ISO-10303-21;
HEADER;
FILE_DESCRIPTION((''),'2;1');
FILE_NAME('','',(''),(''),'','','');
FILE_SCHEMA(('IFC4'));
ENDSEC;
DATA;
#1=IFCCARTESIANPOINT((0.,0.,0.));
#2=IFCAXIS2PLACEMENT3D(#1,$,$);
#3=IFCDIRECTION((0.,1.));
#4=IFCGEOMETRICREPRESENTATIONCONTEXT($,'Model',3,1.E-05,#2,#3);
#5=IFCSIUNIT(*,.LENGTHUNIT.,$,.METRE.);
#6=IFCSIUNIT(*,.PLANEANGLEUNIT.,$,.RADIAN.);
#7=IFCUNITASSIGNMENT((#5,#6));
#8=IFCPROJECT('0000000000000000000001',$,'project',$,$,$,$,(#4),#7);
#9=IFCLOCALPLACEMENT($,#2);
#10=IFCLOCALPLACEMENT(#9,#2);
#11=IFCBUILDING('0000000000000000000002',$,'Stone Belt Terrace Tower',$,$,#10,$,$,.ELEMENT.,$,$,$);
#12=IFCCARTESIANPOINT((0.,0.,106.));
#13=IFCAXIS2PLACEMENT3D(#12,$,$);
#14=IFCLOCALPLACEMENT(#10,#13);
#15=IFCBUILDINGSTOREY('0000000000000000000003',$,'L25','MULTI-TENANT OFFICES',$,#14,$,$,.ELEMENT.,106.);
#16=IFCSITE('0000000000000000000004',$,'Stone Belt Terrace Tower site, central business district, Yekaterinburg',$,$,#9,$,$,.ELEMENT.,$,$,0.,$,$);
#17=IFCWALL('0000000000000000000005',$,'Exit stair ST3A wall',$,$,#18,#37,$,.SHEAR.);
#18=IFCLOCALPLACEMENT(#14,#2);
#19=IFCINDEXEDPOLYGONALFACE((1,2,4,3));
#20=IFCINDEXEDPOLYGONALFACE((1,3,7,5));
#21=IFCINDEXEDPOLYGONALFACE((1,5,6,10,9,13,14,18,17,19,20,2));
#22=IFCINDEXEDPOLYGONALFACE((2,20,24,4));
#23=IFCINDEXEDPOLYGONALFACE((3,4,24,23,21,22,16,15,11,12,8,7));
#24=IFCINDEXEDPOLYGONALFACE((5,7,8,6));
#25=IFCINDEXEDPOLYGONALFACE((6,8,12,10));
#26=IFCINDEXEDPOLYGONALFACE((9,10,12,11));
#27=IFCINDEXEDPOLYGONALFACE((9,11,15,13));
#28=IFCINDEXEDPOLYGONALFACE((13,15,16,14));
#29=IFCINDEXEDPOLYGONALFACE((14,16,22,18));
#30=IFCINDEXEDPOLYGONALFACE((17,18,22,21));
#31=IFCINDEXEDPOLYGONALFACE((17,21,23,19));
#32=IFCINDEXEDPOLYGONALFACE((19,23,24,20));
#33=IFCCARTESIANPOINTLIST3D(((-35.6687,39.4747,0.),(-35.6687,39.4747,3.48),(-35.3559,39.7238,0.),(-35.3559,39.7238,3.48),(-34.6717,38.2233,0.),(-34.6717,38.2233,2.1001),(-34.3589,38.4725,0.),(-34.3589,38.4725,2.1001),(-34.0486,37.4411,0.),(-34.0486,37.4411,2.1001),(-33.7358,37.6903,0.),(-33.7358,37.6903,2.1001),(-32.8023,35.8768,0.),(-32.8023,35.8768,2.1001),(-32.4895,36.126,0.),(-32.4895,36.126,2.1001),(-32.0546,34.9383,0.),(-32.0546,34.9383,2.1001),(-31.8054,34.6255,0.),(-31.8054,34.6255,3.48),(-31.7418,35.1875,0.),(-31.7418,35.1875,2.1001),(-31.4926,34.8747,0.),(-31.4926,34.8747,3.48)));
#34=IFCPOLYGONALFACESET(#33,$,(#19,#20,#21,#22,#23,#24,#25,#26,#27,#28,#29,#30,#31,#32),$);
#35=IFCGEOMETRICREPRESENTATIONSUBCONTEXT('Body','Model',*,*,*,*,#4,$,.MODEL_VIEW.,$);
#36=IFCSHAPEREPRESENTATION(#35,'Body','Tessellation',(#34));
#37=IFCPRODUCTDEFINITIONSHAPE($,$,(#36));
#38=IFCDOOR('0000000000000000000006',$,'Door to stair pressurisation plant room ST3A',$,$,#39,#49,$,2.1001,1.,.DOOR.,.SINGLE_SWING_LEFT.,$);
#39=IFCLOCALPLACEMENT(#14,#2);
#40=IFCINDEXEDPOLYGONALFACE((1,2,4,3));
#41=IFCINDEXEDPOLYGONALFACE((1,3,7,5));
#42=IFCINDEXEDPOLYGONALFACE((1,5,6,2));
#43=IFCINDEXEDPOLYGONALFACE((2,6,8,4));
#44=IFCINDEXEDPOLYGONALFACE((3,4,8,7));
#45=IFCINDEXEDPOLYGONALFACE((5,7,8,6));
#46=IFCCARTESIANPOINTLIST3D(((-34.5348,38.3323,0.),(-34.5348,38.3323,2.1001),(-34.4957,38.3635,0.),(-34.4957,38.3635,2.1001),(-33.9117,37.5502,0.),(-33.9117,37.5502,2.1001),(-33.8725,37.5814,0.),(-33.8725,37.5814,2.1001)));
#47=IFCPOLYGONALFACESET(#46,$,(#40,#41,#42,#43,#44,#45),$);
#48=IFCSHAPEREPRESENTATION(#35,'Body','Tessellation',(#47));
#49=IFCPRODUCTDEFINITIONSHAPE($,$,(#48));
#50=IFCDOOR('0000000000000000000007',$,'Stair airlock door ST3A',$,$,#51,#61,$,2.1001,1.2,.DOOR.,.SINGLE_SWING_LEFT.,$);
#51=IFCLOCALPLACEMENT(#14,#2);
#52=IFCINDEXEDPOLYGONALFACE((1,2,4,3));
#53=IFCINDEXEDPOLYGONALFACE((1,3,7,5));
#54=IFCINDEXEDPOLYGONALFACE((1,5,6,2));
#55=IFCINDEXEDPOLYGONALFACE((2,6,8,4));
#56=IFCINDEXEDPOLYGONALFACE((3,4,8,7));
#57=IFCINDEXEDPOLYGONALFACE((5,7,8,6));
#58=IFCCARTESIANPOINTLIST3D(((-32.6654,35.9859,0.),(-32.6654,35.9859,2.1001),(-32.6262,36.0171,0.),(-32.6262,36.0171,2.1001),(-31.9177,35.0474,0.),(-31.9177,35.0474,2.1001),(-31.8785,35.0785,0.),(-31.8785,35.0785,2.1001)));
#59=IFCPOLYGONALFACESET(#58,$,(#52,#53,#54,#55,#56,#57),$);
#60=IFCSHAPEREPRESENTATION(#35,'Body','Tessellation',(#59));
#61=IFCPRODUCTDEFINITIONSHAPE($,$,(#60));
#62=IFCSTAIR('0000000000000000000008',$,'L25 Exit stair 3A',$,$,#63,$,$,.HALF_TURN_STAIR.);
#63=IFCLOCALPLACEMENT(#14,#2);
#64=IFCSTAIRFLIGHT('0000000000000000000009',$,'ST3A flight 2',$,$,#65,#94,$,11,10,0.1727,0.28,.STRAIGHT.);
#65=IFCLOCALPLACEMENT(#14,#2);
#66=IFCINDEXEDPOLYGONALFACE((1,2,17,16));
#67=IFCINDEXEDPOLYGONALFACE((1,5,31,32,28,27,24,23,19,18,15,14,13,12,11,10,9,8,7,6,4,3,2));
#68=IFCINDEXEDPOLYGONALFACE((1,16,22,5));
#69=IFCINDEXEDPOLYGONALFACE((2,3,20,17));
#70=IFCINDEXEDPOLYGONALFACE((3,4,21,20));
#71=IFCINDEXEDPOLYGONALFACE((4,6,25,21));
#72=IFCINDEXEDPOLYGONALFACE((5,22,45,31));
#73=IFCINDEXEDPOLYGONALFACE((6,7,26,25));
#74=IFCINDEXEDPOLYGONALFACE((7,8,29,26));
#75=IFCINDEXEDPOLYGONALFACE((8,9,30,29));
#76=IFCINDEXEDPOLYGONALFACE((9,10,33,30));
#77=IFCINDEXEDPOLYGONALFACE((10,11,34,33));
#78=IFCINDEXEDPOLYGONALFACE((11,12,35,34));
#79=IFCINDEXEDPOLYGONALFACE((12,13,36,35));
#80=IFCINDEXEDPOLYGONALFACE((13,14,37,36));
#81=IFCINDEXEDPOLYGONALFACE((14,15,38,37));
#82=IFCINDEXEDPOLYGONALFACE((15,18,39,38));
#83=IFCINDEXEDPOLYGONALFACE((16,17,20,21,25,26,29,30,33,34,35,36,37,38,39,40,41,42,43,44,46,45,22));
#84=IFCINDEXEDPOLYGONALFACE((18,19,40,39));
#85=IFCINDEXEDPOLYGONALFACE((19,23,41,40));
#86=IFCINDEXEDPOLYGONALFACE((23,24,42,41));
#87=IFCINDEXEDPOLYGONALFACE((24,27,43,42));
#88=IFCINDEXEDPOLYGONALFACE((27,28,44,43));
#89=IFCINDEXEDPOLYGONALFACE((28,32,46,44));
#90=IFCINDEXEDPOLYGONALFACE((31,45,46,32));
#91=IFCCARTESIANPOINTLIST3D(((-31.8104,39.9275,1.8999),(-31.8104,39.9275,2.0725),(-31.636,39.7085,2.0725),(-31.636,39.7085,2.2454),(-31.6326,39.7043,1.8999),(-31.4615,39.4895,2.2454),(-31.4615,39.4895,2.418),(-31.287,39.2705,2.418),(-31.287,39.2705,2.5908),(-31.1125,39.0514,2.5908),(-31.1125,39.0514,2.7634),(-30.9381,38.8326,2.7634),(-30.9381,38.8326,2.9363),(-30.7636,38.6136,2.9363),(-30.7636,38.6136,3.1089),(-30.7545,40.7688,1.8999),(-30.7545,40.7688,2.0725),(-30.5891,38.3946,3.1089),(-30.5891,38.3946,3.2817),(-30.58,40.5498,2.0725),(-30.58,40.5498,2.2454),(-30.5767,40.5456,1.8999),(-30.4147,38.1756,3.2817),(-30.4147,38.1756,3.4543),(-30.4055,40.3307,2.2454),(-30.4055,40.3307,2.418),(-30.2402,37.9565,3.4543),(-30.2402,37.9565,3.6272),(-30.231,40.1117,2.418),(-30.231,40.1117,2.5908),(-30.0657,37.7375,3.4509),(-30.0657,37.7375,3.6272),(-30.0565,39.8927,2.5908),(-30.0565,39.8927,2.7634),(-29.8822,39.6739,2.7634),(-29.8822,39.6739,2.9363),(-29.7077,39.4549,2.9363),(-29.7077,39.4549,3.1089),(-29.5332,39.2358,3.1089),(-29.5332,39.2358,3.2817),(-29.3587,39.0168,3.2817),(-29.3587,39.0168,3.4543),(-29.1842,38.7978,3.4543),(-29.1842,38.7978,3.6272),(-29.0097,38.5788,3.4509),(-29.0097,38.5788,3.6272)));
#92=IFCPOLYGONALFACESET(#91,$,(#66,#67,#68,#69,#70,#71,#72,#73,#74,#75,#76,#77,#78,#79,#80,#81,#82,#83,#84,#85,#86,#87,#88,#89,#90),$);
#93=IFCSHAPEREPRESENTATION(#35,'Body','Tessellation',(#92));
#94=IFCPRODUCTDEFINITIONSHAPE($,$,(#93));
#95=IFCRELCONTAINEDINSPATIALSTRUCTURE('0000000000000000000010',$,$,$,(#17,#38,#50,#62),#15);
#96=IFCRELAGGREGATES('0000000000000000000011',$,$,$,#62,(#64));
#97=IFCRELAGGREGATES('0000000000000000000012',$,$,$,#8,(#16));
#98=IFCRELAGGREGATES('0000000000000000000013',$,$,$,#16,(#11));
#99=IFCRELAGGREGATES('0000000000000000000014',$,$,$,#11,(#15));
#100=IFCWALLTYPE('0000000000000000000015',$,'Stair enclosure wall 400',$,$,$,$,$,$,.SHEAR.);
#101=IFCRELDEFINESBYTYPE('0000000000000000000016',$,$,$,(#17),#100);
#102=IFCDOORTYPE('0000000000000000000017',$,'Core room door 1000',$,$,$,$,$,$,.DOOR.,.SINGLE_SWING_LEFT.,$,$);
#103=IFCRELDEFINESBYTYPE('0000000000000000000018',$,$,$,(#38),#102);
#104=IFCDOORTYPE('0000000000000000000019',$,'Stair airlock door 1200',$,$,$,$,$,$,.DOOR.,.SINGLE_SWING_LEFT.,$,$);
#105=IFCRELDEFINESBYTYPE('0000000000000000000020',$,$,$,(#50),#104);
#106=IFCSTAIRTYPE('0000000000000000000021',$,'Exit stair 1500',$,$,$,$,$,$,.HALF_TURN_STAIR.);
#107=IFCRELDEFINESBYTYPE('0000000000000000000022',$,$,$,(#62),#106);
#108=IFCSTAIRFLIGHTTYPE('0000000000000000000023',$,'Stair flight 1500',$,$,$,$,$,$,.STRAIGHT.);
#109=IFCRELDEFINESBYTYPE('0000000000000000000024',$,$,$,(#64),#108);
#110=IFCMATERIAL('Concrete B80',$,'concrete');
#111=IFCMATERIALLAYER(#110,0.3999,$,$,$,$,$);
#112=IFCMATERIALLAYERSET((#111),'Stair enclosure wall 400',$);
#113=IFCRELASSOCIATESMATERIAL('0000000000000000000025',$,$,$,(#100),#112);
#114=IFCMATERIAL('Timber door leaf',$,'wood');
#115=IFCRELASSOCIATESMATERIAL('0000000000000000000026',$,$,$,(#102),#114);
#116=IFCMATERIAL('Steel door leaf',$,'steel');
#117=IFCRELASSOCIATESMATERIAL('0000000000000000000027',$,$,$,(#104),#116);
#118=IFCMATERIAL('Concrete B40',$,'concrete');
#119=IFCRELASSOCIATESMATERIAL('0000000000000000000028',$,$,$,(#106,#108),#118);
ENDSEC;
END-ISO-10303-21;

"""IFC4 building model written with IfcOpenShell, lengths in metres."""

from ifc_helpers import new_model, si_unit, direction, frame, frame_2d, origin, place, context, subcontext, project, spatial, polyline, rectangle, outline, extrude, material, layer, layer_set, type_object, element, fill, aggregate, save


model = new_model("IFC4")

# Units and contexts
model_context = context("Model", 3, precision=1e-05, world=origin(), true_north=direction((0.0, 1.0)))
body_context = subcontext(model_context, "Body", "Model", "MODEL_VIEW")
ifc_project = project(units=[si_unit("LENGTHUNIT", "METRE"), si_unit("PLANEANGLEUNIT", "RADIAN")], contexts=[model_context])

# Site, building, storey
site_placement = place(None, origin())
site = spatial("IfcSite", under=ifc_project, at=site_placement, Name="Stone Belt Terrace Tower site, central business district, Yekaterinburg", CompositionType="ELEMENT", RefElevation=0.0)
building_placement = place(site_placement, origin())
building = spatial("IfcBuilding", under=site, at=building_placement, Name="Stone Belt Terrace Tower", CompositionType="ELEMENT")
storey_placement = place(building_placement, frame((0.0, 0.0, 106.0)))
storey = spatial("IfcBuildingStorey", under=building, at=storey_placement, Name="L25", Description="MULTI-TENANT OFFICES", CompositionType="ELEMENT", Elevation=106.0)

# Shared definitions
ifc_material_1 = material(Name="Concrete B80", Category="concrete")

# Shared definitions
ifc_material_2 = material(Name="Timber door leaf", Category="wood")

# Wall, openings, doors
ifc_layer_1 = layer(ifc_material_1, 0.3999)
ifc_layer_set_1 = layer_set([ifc_layer_1], Name="Stair enclosure wall 400")
wall_type_1 = type_object("IfcWallType", Name="Stair enclosure wall 400", PredefinedType="SHEAR", material=ifc_layer_set_1)
wall_1_placement = place(storey_placement, frame((-31.6489, 34.75, 0.0), z_axis=(0.0, 0.0, 1.0), x_axis=(-0.623119, 0.782127, 0.0)))
wall_1 = element("IfcWall", 1, at=wall_1_placement, inside=storey, type_object=wall_type_1, Name="Exit stair ST3A wall", PredefinedType="SHEAR", context=body_context, shape_type="SweptSolid", body=[
    extrude(rectangle(XDim=6.2, YDim=0.3999, at=frame_2d((3.1001, 0.0))), origin(), (0.0, 0.0, 1.0), 3.48),
])
opening_1_placement = place(wall_1_placement, frame((0.3999, 0.0, 0.0)))
opening_1 = element("IfcOpeningElement", 2, at=opening_1_placement, cuts=wall_1, PredefinedType="OPENING", context=body_context, shape_type="SweptSolid", body=[
    extrude(rectangle(XDim=1.2, YDim=2.1001, at=frame_2d((0.6001, 1.05))), frame((0.0, 0.21, 0.0), z_axis=(0.0, -1.0, 0.0), x_axis=(1.0, 0.0, 0.0)), (0.0, 0.0, 1.0), 0.4199),
])
opening_2_placement = place(wall_1_placement, frame((3.6001, 0.0, 0.0)))
opening_2 = element("IfcOpeningElement", 3, at=opening_2_placement, cuts=wall_1, PredefinedType="OPENING", context=body_context, shape_type="SweptSolid", body=[
    extrude(rectangle(XDim=1.0, YDim=2.1001, at=frame_2d((0.5, 1.05))), frame((0.0, 0.21, 0.0), z_axis=(0.0, -1.0, 0.0), x_axis=(1.0, 0.0, 0.0)), (0.0, 0.0, 1.0), 0.4199),
])
door_type_1 = type_object("IfcDoorType", Name="Core room door 1000", OperationType="SINGLE_SWING_LEFT", PredefinedType="DOOR", material=ifc_material_2)
door_1_placement = place(opening_2_placement, origin())
door_1 = element("IfcDoor", 4, at=door_1_placement, inside=storey, type_object=door_type_1, Name="Door to stair pressurisation plant room ST3A", OperationType="SINGLE_SWING_LEFT", OverallHeight=2.1001, OverallWidth=1.0, PredefinedType="DOOR", context=body_context, shape_type="SweptSolid", body=[
    extrude(rectangle(XDim=1.0, YDim=2.1001, at=frame_2d((0.5, 1.05))), frame((0.0, 0.0249, 0.0), z_axis=(0.0, -1.0, 0.0), x_axis=(1.0, 0.0, 0.0)), (0.0, 0.0, 1.0), 0.05),
])
fill(opening_2, door_1)
ifc_material_3 = material(Name="Steel door leaf", Category="steel")
door_type_2 = type_object("IfcDoorType", Name="Stair airlock door 1200", OperationType="SINGLE_SWING_LEFT", PredefinedType="DOOR", material=ifc_material_3)
door_2_placement = place(opening_1_placement, origin())
door_2 = element("IfcDoor", 5, at=door_2_placement, inside=storey, type_object=door_type_2, Name="Stair airlock door ST3A", OperationType="SINGLE_SWING_LEFT", OverallHeight=2.1001, OverallWidth=1.2, PredefinedType="DOOR", context=body_context, shape_type="SweptSolid", body=[
    extrude(rectangle(XDim=1.2, YDim=2.1001, at=frame_2d((0.6001, 1.05))), frame((0.0, 0.0249, 0.0), z_axis=(0.0, -1.0, 0.0), x_axis=(1.0, 0.0, 0.0)), (0.0, 0.0, 1.0), 0.05),
])
fill(opening_1, door_2)

# Stair, stair flight
ifc_material_4 = material(Name="Concrete B40", Category="concrete")
stair_type = type_object("IfcStairType", Name="Exit stair 1500", PredefinedType="HALF_TURN_STAIR", material=ifc_material_4)
stair_placement = place(storey_placement, origin())
stair = element("IfcStair", 6, at=stair_placement, inside=storey, type_object=stair_type, Name="L25 Exit stair 3A", PredefinedType="HALF_TURN_STAIR")
stair_flight_type = type_object("IfcStairFlightType", Name="Stair flight 1500", PredefinedType="STRAIGHT", material=ifc_material_4)
stair_flight_placement = place(storey_placement, frame((-31.2825, 40.3481, 1.8999), z_axis=(0.0, 0.0, 1.0), x_axis=(0.623121, -0.782125, 0.0)))
stair_flight = element("IfcStairFlight", 7, at=stair_flight_placement, type_object=stair_flight_type, Name="ST3A flight 2", NumberOfRisers=11, NumberOfTreads=10, PredefinedType="STRAIGHT", RiserHeight=0.1727, TreadLength=0.28, context=body_context, shape_type="SweptSolid", body=[
    extrude(outline(polyline([(0.0, 0.0), (0.0, 0.1726), (0.28, 0.1726), (0.28, 0.3455), (0.5601, 0.3455), (0.5601, 0.5181), (0.8401, 0.5181), (0.8401, 0.6909), (1.1201, 0.6909), (1.1201, 0.8635), (1.3999, 0.8635), (1.3999, 1.0364), (1.6799, 1.0364), (1.6799, 1.209), (1.96, 1.209), (1.96, 1.3818), (2.24, 1.3818), (2.24, 1.5544), (2.52, 1.5544), (2.52, 1.7273), (2.8, 1.7273), (2.8, 1.8999), (2.8, 1.551), (0.2854, 0.0), (0.0, 0.0)])), frame((0.0, 0.675, 0.0), z_axis=(0.0, -1.0, 0.0), x_axis=(1.0, 0.0, 0.0)), (0.0, 0.0, 1.0), 1.3501),
])
aggregate(stair, [stair_flight])

save(model, "model.ifc")
